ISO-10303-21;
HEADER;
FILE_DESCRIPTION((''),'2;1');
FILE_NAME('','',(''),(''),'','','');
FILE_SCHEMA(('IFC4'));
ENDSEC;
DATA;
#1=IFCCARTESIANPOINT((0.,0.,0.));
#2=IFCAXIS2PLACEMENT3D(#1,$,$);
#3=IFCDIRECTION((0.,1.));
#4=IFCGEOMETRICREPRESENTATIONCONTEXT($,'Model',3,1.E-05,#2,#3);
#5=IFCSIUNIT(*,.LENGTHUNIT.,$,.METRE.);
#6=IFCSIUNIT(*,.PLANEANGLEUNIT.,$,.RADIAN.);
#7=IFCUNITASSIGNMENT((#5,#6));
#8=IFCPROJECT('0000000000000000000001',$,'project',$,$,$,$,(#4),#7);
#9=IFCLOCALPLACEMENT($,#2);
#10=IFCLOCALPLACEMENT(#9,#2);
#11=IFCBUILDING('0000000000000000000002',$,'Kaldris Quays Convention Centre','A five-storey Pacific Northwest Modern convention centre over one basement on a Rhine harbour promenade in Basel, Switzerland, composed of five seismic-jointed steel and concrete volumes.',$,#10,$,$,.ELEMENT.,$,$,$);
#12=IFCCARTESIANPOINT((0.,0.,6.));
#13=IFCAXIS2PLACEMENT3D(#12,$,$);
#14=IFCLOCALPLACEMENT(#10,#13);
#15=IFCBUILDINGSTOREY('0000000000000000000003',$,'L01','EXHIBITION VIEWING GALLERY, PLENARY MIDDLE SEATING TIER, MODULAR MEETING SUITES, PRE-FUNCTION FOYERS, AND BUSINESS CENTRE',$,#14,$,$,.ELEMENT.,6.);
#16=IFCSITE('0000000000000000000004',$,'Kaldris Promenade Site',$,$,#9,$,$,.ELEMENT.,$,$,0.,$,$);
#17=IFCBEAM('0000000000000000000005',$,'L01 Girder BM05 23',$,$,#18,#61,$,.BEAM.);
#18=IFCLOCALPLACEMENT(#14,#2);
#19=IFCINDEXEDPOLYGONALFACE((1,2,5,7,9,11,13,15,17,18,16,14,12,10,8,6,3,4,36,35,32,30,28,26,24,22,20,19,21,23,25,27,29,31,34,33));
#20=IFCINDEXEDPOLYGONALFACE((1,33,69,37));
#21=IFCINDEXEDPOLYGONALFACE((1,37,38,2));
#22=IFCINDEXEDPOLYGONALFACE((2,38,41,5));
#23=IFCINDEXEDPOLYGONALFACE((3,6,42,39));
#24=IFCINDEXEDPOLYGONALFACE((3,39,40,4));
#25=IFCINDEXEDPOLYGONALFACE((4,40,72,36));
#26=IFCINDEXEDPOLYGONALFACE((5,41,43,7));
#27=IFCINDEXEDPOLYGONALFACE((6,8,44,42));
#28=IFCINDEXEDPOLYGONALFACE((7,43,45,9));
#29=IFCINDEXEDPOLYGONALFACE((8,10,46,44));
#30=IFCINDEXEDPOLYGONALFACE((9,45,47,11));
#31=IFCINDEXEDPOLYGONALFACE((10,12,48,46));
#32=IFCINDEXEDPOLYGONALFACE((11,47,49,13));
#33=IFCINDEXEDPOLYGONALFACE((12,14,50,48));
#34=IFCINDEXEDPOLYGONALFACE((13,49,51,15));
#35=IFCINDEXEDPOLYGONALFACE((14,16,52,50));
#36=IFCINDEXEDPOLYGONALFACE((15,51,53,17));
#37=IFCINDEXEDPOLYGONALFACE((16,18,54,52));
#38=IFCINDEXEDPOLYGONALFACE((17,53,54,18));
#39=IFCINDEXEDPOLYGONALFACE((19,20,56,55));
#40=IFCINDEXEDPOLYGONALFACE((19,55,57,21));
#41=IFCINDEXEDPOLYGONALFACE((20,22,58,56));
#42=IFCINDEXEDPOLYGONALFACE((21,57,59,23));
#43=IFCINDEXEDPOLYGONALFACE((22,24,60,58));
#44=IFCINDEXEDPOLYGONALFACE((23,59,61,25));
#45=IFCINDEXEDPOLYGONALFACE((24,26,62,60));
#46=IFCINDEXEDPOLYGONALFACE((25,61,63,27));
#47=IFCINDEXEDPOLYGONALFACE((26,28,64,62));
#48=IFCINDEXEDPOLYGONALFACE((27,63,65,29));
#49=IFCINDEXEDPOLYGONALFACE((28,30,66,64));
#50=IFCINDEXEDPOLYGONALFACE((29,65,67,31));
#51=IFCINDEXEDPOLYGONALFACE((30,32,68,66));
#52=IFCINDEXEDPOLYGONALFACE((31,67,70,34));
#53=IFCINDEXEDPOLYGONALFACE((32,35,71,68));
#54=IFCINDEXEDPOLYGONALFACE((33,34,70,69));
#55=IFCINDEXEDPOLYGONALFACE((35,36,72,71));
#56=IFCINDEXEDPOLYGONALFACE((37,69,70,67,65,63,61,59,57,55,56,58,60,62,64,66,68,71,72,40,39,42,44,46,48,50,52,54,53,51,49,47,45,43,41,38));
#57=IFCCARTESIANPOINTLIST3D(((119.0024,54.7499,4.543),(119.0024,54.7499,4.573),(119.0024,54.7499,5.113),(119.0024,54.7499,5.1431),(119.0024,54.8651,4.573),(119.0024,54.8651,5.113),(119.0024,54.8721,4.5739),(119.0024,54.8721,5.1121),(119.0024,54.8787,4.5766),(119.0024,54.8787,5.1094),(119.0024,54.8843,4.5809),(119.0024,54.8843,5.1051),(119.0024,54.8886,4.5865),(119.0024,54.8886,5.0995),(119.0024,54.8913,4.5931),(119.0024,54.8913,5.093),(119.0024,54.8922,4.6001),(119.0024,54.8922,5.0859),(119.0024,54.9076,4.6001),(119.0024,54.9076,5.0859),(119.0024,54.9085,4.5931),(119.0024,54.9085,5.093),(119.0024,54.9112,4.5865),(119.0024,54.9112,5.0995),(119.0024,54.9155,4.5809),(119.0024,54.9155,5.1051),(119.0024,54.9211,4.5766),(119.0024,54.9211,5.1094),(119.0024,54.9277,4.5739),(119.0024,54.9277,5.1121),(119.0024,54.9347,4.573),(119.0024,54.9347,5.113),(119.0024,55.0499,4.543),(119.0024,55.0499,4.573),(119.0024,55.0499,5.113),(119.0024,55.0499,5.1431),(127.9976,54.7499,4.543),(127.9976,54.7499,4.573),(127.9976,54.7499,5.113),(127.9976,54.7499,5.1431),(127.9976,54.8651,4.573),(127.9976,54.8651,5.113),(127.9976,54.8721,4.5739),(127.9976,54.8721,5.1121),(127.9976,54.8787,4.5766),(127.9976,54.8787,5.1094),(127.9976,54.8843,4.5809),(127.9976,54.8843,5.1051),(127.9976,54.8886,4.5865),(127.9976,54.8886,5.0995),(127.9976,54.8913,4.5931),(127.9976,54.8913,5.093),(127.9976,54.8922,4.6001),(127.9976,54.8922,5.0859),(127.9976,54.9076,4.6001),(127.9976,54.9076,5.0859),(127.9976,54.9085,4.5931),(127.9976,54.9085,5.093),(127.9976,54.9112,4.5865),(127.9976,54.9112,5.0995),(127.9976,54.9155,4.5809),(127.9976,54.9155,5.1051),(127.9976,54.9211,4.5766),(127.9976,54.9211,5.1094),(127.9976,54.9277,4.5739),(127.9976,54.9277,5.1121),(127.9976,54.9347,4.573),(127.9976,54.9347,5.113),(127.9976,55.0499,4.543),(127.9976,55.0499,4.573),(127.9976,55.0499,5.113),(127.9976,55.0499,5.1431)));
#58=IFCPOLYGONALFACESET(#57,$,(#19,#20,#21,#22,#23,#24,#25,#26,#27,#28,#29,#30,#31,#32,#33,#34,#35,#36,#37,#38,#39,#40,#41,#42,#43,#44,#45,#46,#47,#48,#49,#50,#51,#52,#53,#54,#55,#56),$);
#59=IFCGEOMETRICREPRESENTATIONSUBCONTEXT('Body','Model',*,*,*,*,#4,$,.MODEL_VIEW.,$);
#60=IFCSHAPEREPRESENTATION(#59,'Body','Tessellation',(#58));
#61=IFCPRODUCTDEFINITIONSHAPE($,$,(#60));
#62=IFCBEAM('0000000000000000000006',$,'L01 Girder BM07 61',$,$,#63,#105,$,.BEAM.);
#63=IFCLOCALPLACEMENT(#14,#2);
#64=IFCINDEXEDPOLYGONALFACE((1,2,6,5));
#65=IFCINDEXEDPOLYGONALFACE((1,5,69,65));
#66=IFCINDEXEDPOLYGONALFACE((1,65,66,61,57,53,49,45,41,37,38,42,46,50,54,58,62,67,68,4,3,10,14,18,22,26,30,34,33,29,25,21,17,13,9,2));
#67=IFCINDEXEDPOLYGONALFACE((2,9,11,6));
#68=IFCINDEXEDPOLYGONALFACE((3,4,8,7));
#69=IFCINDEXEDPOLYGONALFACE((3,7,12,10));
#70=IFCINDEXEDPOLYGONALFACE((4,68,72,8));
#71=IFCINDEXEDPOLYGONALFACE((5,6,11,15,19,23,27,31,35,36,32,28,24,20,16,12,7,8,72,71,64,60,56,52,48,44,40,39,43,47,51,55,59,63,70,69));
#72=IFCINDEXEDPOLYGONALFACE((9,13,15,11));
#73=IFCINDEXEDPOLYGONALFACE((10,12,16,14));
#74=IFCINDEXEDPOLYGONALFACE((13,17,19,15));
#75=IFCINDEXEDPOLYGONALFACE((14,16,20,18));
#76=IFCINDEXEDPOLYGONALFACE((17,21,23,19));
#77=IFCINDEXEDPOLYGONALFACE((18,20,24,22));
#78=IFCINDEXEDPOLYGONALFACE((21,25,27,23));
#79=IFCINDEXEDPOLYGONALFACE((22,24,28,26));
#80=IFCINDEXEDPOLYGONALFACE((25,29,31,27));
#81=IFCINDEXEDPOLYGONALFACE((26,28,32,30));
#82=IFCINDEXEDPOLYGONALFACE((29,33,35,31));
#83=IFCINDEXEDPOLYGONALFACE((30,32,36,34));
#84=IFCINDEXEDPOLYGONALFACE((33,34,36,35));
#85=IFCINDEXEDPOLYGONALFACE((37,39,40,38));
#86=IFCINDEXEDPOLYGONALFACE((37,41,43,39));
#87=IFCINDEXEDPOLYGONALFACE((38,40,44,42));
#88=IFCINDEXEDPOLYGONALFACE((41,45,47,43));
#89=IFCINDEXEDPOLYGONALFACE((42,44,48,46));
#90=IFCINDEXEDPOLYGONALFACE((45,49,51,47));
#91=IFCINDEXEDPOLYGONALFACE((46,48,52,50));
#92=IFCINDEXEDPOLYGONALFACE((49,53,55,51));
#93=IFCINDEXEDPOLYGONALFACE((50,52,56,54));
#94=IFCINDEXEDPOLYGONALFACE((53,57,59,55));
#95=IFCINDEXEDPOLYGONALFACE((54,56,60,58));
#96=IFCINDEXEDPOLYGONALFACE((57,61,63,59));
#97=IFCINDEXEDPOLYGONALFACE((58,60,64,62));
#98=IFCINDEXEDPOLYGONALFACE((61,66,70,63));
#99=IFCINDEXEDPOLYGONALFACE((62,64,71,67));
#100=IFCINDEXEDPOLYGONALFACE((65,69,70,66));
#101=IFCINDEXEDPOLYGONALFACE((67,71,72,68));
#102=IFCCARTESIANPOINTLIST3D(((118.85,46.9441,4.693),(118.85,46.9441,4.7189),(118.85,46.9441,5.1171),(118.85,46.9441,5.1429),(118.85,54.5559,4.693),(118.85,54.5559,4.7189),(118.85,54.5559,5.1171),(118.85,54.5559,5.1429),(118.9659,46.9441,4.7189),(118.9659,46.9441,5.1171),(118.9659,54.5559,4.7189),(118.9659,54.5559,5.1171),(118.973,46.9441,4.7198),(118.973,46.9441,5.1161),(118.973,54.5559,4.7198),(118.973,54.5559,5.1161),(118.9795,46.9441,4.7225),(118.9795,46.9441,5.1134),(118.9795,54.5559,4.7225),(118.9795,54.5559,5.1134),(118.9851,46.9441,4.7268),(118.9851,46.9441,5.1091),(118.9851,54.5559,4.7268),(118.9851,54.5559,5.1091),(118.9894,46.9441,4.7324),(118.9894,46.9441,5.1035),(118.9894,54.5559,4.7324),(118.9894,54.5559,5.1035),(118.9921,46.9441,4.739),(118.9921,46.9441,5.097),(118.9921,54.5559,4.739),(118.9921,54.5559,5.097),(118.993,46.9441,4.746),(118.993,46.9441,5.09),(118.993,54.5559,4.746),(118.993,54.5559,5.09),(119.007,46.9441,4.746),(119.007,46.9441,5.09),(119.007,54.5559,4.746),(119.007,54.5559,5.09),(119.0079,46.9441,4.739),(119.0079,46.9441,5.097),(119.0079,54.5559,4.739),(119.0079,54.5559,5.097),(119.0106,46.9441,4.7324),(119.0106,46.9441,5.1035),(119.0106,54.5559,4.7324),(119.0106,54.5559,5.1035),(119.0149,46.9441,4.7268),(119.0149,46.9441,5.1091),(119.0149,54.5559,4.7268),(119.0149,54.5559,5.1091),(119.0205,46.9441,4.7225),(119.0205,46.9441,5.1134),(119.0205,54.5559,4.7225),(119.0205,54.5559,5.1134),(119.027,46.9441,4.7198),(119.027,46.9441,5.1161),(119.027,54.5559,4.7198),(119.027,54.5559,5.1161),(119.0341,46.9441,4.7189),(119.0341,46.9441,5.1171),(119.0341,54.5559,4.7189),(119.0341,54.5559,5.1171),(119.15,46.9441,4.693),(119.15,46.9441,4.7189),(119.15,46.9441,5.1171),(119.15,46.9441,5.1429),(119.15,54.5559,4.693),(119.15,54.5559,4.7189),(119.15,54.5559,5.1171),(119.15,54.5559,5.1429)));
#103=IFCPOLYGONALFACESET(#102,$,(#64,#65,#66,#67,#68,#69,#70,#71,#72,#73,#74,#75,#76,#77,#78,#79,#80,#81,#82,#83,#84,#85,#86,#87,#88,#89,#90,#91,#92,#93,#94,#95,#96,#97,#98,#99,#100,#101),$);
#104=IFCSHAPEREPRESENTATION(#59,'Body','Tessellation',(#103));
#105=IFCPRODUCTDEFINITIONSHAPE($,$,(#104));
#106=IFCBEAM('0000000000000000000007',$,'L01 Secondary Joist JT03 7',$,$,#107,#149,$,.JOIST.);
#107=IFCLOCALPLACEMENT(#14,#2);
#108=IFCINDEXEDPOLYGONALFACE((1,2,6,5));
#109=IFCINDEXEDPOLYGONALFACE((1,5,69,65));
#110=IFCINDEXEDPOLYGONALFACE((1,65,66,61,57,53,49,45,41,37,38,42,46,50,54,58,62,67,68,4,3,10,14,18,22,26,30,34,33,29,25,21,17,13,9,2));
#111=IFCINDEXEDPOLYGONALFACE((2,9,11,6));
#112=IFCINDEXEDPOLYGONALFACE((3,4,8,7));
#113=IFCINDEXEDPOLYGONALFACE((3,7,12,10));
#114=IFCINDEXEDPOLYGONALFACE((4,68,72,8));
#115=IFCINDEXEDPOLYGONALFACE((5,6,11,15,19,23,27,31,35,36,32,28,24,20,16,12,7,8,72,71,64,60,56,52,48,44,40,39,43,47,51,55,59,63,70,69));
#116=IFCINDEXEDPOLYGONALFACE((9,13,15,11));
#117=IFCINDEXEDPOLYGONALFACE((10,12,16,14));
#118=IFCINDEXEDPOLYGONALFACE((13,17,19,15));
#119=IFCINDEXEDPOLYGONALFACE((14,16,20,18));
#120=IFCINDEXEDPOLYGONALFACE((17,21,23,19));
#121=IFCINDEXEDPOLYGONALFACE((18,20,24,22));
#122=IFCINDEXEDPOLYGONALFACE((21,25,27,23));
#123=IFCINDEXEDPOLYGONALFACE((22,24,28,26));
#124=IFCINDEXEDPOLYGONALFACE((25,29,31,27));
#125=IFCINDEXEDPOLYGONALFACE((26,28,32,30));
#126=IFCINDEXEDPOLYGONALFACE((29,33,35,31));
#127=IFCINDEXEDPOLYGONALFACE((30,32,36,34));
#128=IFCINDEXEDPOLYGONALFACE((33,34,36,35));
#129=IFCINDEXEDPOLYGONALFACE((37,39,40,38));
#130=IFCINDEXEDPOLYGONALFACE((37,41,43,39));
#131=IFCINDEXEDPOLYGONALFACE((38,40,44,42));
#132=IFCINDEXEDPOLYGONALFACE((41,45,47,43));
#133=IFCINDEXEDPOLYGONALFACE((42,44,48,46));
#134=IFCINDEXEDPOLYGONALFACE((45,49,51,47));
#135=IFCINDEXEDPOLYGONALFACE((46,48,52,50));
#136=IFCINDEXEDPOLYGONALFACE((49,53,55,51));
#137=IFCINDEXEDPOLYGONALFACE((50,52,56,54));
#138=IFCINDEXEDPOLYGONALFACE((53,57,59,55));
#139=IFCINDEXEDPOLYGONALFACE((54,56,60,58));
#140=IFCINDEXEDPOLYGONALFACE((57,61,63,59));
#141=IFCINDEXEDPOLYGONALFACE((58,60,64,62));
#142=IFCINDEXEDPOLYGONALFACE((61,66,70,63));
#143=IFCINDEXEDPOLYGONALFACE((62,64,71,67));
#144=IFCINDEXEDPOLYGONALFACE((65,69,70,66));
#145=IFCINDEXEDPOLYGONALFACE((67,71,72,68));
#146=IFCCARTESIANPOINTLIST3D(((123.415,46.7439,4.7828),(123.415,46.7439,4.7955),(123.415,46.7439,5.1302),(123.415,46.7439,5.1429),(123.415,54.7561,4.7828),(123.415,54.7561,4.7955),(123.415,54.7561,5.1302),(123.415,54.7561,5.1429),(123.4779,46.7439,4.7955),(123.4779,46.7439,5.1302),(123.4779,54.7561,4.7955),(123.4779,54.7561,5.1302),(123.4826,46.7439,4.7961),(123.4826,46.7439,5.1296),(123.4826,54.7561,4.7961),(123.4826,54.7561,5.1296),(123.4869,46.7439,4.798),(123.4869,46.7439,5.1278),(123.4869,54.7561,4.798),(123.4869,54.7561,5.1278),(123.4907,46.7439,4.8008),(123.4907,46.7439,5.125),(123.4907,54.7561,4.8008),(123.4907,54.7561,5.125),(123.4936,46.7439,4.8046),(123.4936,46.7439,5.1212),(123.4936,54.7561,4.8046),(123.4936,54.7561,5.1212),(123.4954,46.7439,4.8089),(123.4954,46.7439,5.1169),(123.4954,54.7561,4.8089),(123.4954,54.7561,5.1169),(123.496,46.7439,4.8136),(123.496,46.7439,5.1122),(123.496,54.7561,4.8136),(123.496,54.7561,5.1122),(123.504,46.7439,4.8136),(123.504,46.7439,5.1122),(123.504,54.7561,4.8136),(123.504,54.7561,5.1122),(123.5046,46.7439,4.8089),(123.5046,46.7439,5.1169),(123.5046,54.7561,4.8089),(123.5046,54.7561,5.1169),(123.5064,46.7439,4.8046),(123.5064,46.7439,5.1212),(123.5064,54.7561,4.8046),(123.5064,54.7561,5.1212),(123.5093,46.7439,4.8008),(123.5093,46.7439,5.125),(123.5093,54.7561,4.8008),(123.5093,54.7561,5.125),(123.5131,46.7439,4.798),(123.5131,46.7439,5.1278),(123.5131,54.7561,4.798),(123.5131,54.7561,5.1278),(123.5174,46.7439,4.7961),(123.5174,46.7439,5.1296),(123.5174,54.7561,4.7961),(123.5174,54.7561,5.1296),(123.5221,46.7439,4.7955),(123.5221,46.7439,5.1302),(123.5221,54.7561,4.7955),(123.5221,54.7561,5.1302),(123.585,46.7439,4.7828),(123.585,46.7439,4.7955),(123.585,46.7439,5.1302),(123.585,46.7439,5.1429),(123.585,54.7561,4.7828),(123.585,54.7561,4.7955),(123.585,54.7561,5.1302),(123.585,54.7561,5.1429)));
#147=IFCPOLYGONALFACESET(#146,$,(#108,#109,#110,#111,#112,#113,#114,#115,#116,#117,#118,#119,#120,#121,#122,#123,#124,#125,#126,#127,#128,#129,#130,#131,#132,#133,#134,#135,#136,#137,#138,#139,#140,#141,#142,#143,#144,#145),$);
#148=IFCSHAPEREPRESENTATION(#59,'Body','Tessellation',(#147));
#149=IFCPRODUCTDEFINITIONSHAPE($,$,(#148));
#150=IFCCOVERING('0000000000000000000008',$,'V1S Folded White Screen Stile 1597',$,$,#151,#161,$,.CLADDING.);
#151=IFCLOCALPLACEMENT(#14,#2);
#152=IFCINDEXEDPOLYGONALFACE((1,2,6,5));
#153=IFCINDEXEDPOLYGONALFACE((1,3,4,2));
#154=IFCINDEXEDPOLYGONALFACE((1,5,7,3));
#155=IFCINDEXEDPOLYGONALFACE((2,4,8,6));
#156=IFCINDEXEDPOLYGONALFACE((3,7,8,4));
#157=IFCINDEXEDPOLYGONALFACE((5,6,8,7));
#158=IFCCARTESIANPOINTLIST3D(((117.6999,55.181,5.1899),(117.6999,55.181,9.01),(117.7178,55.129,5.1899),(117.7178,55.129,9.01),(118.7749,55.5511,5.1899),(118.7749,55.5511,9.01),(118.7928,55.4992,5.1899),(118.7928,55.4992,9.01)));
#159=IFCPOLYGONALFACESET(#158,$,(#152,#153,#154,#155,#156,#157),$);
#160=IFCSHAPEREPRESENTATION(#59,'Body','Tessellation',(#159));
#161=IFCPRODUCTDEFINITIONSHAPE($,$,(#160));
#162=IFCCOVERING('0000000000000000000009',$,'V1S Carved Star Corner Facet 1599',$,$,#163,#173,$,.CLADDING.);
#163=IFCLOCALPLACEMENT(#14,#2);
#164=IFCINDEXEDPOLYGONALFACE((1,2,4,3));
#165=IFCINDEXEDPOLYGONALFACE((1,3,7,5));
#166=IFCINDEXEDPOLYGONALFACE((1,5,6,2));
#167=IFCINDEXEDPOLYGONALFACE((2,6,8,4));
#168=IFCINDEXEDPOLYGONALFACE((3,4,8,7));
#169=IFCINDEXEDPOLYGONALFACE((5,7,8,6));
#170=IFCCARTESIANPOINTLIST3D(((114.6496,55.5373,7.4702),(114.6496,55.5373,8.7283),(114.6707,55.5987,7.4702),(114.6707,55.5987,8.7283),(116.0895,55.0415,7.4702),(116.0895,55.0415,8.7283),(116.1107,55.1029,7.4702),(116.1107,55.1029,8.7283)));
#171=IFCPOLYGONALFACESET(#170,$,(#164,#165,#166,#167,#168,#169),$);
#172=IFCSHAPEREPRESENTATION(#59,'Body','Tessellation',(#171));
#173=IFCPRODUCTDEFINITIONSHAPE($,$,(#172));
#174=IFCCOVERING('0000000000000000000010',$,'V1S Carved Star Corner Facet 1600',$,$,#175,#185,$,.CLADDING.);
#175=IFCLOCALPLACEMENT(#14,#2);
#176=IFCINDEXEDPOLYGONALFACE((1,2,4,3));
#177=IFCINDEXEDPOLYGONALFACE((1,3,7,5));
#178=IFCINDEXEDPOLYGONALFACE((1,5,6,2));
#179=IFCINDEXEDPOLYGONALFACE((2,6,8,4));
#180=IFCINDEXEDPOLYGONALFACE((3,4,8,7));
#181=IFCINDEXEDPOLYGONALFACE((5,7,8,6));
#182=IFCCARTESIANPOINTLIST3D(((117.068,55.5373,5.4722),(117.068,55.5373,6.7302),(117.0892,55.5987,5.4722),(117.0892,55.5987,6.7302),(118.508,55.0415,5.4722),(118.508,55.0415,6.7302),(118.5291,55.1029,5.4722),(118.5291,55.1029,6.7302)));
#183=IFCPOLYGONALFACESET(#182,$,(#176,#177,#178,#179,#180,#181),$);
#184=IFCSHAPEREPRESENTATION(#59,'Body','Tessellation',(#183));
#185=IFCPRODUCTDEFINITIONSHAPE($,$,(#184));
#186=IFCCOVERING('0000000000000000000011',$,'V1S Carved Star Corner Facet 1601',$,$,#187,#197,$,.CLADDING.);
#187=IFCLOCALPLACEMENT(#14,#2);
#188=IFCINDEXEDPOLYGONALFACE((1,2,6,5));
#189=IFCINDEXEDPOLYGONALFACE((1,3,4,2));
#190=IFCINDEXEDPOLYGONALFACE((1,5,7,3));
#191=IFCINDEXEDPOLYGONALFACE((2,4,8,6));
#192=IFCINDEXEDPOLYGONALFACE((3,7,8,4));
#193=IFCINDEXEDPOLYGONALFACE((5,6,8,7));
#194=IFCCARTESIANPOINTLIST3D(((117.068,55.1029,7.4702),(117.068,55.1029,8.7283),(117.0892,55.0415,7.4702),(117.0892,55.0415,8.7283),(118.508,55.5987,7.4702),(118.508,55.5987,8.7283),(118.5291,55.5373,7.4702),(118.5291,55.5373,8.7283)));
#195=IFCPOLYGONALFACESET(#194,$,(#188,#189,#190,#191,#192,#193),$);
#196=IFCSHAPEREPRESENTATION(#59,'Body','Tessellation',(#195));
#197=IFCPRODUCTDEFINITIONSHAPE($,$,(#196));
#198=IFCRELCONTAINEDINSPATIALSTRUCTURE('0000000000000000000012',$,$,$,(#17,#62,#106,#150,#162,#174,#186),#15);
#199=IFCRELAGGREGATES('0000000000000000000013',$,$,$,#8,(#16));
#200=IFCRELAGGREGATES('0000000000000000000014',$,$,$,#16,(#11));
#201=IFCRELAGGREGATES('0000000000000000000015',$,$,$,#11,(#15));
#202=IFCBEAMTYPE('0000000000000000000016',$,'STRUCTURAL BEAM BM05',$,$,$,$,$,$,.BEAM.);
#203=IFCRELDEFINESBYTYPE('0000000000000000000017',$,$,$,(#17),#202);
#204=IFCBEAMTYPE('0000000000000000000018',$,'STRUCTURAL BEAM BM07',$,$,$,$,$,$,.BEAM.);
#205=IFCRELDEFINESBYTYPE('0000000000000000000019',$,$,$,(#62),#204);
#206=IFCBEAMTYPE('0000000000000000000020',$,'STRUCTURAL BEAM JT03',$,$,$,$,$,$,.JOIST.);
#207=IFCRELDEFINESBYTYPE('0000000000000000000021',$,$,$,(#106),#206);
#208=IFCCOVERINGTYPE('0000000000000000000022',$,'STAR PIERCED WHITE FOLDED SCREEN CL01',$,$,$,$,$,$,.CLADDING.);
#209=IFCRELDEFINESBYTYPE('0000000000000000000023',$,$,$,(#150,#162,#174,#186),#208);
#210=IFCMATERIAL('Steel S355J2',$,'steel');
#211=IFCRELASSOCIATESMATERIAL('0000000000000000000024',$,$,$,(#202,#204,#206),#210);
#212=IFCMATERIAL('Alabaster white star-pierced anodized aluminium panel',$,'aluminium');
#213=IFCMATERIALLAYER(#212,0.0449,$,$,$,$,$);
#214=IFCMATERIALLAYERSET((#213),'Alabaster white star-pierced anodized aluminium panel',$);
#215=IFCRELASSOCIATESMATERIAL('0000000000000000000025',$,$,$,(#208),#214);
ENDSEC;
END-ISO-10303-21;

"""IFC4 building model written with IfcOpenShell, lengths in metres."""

from ifc_helpers import new_model, si_unit, direction, frame, origin, origin_2d, place, context, subcontext, project, spatial, rectangle, i_section, extrude, material, layer, layer_set, material_profile, profile_set, type_object, element, save


model = new_model("IFC4")

# Units and contexts
model_context = context("Model", 3, precision=1e-05, world=origin(), true_north=direction((0.0, 1.0)))
body_context = subcontext(model_context, "Body", "Model", "MODEL_VIEW")
ifc_project = project(units=[si_unit("LENGTHUNIT", "METRE"), si_unit("PLANEANGLEUNIT", "RADIAN")], contexts=[model_context])

# Site, building, storey
site_placement = place(None, origin())
site = spatial("IfcSite", under=ifc_project, at=site_placement, Name="Kaldris Promenade Site", CompositionType="ELEMENT", RefElevation=0.0)
building_placement = place(site_placement, origin())
building = spatial("IfcBuilding", under=site, at=building_placement, Name="Kaldris Quays Convention Centre", Description="A five-storey Pacific Northwest Modern convention centre over one basement on a Rhine harbour promenade in Basel, Switzerland, composed of five seismic-jointed steel and concrete volumes.", CompositionType="ELEMENT")
storey_placement = place(building_placement, frame((0.0, 0.0, 6.0)))
storey = spatial("IfcBuildingStorey", under=building, at=storey_placement, Name="L01", Description="EXHIBITION VIEWING GALLERY, PLENARY MIDDLE SEATING TIER, MODULAR MEETING SUITES, PRE-FUNCTION FOYERS, AND BUSINESS CENTRE", CompositionType="ELEMENT", Elevation=6.0)

# Beams
ifc_material_1 = material(Name="Steel S355J2", Category="steel")
ifc_material_profile_1 = material_profile(ifc_material_1, i_section(OverallWidth=0.3, OverallDepth=0.6001, WebThickness=0.0154, FlangeThickness=0.03, FilletRadius=0.0271, at=origin_2d()), Name="HEB 600")
ifc_profile_set_1 = profile_set([ifc_material_profile_1], Name="Steel S355J2")
beam_type_1 = type_object("IfcBeamType", Name="STRUCTURAL BEAM BM05", PredefinedType="BEAM", material=ifc_profile_set_1)
beam_1_placement = place(storey_placement, frame((119.0024, 54.8999, 4.843), z_axis=(1.0, 0.0, 0.0), x_axis=(0.0, 1.0, 0.0)))
element("IfcBeam", 1, at=beam_1_placement, inside=storey, type_object=beam_type_1, Name="L01 Girder BM05 23", PredefinedType="BEAM", context=body_context, shape_type="SweptSolid", body=[
    extrude(i_section(OverallWidth=0.3, OverallDepth=0.6001, WebThickness=0.0154, FlangeThickness=0.03, FilletRadius=0.0271, at=origin_2d()), origin(), (0.0, 0.0, 1.0), 8.9951),
])
ifc_material_profile_2 = material_profile(ifc_material_1, i_section(OverallWidth=0.3, OverallDepth=0.45, WebThickness=0.0139, FlangeThickness=0.0259, FilletRadius=0.0271, at=origin_2d()), Name="HEB 450")
ifc_profile_set_2 = profile_set([ifc_material_profile_2], Name="Steel S355J2")
beam_type_2 = type_object("IfcBeamType", Name="STRUCTURAL BEAM BM07", PredefinedType="BEAM", material=ifc_profile_set_2)
beam_2_placement = place(storey_placement, frame((119.0, 46.9441, 4.918), z_axis=(0.0, 1.0, 0.0), x_axis=(-1.0, 0.0, 0.0)))
element("IfcBeam", 2, at=beam_2_placement, inside=storey, type_object=beam_type_2, Name="L01 Girder BM07 61", PredefinedType="BEAM", context=body_context, shape_type="SweptSolid", body=[
    extrude(i_section(OverallWidth=0.3, OverallDepth=0.45, WebThickness=0.0139, FlangeThickness=0.0259, FilletRadius=0.0271, at=origin_2d()), origin(), (0.0, 0.0, 1.0), 7.6118),
])
ifc_material_profile_3 = material_profile(ifc_material_1, i_section(OverallWidth=0.1699, OverallDepth=0.3601, WebThickness=0.0081, FlangeThickness=0.0127, FilletRadius=0.0181, at=origin_2d()), Name="IPE 360")
ifc_profile_set_3 = profile_set([ifc_material_profile_3], Name="Steel S355J2")
beam_type_3 = type_object("IfcBeamType", Name="STRUCTURAL BEAM JT03", PredefinedType="JOIST", material=ifc_profile_set_3)
beam_3_placement = place(storey_placement, frame((123.5, 46.7439, 4.9629), z_axis=(0.0, 1.0, 0.0), x_axis=(-1.0, 0.0, 0.0)))
element("IfcBeam", 3, at=beam_3_placement, inside=storey, type_object=beam_type_3, Name="L01 Secondary Joist JT03 7", PredefinedType="JOIST", context=body_context, shape_type="SweptSolid", body=[
    extrude(i_section(OverallWidth=0.1699, OverallDepth=0.3601, WebThickness=0.0081, FlangeThickness=0.0127, FilletRadius=0.0181, at=origin_2d()), origin(), (0.0, 0.0, 1.0), 8.0122),
])

# Coverings
ifc_material_2 = material(Name="Alabaster white star-pierced anodized aluminium panel", Category="aluminium")
ifc_layer = layer(ifc_material_2, 0.0449)
ifc_layer_set = layer_set([ifc_layer], Name="Alabaster white star-pierced anodized aluminium panel")
covering_type = type_object("IfcCoveringType", Name="STAR PIERCED WHITE FOLDED SCREEN CL01", PredefinedType="CLADDING", material=ifc_layer_set)
covering_1_placement = place(storey_placement, frame((118.2463, 55.3401, 5.1899), z_axis=(0.0, 0.0, 1.0), x_axis=(0.945519, 0.325568, 0.0)))
element("IfcCovering", 4, at=covering_1_placement, inside=storey, type_object=covering_type, Name="V1S Folded White Screen Stile 1597", PredefinedType="CLADDING", context=body_context, shape_type="SweptSolid", body=[
    extrude(rectangle(XDim=1.137, YDim=0.0549, at=origin_2d()), origin(), (0.0, 0.0, 1.0), 3.8201),
])
for number, where, z_axis, x_axis, name in (
    (5, (115.3801, 55.3201, 7.4702), (0.0, 0.0, 1.0), (0.945519, -0.325568, 0.0), "V1S Carved Star Corner Facet 1599"),
    (6, (117.7986, 55.3201, 5.4722), (0.0, 0.0, 1.0), (0.945519, -0.325568, 0.0), "V1S Carved Star Corner Facet 1600"),
    (7, (117.7986, 55.3201, 7.4702), (0.0, 0.0, 1.0), (0.945519, 0.325568, 0.0), "V1S Carved Star Corner Facet 1601"),
):
    element("IfcCovering", number, at=place(storey_placement, frame(where, z_axis=z_axis, x_axis=x_axis)), inside=storey, type_object=covering_type, Name=name, PredefinedType="CLADDING", context=body_context, shape_type="SweptSolid", body=[
        extrude(rectangle(XDim=1.5229, YDim=0.0649, at=origin_2d()), origin(), (0.0, 0.0, 1.0), 1.2581),
    ])

save(model, "model.ifc")
